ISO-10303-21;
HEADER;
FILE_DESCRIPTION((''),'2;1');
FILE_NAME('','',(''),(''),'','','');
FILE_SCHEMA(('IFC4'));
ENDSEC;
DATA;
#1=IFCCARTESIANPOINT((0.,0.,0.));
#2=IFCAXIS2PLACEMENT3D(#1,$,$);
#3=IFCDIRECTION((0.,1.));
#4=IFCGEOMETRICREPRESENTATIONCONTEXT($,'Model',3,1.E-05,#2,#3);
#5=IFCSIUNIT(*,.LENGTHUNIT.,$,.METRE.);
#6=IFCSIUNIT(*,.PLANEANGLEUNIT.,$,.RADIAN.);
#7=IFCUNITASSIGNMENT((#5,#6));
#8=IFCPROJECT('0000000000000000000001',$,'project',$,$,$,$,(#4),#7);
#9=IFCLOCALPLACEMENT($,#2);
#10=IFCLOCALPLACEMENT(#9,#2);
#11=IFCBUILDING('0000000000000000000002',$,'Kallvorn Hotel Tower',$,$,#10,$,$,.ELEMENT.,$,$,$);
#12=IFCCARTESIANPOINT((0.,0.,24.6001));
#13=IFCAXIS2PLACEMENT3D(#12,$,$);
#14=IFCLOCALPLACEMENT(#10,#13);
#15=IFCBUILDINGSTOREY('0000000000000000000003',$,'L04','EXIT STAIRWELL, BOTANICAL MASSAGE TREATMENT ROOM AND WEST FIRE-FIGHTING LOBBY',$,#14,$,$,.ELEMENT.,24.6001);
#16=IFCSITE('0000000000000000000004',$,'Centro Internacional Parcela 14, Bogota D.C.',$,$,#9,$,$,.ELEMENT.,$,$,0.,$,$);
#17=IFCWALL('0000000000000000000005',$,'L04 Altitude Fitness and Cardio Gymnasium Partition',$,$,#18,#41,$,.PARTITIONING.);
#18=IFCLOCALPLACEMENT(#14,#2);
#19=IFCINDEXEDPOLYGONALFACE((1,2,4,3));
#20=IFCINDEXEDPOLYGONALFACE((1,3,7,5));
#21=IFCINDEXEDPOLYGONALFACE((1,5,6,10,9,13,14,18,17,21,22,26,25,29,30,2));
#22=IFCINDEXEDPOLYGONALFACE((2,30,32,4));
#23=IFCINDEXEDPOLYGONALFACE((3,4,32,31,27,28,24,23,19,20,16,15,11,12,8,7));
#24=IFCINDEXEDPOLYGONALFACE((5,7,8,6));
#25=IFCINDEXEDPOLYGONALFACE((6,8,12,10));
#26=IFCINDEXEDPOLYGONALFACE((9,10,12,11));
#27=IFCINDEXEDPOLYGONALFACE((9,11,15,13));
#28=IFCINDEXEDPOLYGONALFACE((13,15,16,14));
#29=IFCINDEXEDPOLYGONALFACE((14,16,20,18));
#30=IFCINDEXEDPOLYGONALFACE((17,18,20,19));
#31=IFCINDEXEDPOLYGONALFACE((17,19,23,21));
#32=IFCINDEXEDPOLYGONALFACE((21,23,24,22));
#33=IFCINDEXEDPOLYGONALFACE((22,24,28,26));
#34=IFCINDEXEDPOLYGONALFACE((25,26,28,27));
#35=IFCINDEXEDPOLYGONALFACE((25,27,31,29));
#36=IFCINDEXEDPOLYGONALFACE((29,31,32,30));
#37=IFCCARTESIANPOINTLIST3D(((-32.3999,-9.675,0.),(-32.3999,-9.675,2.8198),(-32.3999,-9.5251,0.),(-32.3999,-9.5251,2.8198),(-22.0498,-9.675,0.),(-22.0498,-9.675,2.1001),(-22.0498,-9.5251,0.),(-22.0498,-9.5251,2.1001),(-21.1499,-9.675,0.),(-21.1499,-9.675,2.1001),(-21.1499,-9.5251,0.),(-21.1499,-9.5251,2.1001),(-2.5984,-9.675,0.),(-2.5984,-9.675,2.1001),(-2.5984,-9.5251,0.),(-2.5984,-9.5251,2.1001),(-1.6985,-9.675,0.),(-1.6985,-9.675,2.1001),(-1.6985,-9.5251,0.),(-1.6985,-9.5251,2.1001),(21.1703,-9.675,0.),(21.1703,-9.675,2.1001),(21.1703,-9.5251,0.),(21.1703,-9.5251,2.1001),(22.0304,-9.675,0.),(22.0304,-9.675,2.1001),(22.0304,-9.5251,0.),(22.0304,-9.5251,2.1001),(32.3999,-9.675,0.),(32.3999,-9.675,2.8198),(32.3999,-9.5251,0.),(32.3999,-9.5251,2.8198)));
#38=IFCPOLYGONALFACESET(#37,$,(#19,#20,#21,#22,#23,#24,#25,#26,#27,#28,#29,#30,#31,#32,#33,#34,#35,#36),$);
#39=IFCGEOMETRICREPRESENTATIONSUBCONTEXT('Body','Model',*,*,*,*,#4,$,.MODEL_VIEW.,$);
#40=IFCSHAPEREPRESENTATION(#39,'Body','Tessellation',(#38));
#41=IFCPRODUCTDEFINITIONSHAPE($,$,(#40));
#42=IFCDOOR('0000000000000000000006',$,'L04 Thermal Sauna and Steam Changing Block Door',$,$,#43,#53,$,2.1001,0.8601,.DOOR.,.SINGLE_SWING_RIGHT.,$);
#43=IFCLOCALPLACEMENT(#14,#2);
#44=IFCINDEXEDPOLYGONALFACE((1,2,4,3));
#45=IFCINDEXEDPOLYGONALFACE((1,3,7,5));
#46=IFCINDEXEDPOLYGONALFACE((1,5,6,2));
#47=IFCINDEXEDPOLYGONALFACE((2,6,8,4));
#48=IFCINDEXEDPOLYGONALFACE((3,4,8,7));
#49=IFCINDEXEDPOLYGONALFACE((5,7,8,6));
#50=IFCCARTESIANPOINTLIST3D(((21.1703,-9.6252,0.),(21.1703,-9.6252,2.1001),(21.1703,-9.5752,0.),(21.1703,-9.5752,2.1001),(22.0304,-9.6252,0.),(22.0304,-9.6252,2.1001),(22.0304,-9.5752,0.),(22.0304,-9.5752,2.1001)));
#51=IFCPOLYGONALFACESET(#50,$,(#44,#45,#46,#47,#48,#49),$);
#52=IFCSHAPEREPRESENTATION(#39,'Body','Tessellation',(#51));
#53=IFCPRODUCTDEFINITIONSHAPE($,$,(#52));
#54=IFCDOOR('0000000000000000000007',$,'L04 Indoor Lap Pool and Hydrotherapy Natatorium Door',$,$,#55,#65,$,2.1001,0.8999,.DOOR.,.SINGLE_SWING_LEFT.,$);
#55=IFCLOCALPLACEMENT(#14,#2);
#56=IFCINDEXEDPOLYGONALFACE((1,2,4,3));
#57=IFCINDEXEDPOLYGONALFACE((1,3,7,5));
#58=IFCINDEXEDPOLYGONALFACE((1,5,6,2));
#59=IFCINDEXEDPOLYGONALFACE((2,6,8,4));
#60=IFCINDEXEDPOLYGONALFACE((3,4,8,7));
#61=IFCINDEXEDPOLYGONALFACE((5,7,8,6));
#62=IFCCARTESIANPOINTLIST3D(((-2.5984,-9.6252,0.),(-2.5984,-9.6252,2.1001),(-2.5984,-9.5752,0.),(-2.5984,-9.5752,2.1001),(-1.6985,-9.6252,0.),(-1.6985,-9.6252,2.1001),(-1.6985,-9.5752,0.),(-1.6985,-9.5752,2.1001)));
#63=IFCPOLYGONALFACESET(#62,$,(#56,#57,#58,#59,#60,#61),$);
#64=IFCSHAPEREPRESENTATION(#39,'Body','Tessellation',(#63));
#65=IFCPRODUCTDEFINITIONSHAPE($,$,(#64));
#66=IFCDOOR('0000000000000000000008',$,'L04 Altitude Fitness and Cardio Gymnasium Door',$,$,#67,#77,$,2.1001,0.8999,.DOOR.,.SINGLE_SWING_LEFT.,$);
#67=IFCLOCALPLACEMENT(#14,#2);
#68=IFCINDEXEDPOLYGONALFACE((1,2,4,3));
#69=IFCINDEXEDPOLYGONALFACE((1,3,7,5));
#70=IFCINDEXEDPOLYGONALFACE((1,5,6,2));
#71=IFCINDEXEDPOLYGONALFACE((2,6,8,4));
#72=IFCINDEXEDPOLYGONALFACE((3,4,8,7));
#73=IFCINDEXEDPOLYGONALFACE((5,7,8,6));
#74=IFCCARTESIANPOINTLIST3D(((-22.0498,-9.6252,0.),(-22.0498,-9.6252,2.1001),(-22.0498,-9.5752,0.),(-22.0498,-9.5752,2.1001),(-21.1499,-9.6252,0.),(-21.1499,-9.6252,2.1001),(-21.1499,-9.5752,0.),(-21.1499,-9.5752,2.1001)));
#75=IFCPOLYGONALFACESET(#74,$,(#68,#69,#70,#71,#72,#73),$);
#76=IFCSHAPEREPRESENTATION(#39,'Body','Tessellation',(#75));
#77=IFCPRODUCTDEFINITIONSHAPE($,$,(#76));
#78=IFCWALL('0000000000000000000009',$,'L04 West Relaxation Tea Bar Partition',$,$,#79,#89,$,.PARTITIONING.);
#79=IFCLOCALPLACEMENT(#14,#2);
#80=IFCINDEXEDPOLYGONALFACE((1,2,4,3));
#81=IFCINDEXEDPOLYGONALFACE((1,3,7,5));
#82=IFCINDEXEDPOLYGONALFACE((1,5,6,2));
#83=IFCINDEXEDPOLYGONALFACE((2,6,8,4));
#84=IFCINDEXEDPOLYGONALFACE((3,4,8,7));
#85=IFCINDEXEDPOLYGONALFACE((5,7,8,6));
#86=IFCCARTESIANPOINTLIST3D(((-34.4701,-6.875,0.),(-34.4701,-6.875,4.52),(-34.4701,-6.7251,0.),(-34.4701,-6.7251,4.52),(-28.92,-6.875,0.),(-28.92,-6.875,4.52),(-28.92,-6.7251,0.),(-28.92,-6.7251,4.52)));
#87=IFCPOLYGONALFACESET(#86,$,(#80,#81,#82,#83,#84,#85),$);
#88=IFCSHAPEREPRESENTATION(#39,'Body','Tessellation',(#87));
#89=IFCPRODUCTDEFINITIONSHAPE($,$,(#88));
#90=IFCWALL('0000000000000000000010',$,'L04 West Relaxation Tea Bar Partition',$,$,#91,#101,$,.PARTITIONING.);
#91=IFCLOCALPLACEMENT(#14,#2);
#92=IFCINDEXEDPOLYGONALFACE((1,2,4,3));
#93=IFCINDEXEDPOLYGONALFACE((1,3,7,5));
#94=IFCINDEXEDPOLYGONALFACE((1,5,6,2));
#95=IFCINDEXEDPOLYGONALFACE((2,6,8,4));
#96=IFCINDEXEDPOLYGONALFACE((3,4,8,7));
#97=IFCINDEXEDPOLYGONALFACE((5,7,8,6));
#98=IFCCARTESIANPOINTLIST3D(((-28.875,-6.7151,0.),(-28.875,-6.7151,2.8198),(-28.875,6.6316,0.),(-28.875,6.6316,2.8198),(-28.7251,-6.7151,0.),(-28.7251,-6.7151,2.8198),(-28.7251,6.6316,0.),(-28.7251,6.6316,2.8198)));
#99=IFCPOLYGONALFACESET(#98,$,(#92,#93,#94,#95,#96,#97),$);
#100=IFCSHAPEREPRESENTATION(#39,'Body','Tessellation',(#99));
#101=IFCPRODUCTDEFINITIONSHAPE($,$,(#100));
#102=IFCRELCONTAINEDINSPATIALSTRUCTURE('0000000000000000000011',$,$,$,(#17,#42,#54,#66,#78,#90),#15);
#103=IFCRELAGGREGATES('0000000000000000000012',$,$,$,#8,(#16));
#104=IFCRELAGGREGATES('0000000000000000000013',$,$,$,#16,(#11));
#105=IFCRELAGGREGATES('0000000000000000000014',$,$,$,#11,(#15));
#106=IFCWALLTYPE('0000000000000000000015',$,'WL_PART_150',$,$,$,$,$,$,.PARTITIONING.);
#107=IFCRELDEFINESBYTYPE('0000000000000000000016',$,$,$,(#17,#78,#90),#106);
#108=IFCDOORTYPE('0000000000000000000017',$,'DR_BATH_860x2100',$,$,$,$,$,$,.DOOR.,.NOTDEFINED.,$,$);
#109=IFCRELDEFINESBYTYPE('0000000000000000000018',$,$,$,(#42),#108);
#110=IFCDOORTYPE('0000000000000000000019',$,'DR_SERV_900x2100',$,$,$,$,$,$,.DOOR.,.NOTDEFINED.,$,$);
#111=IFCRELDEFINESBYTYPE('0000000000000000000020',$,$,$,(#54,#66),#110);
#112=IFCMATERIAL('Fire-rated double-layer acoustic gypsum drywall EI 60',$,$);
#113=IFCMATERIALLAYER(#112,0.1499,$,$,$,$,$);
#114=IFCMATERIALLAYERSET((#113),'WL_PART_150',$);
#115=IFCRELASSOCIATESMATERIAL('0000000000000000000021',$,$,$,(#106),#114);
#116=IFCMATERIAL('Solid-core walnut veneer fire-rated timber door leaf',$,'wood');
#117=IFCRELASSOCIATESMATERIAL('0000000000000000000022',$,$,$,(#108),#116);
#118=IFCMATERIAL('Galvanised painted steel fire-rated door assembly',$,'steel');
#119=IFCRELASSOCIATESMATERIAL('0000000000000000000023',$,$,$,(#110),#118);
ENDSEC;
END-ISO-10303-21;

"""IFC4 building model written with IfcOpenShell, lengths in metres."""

from ifc_helpers import new_model, si_unit, direction, frame, frame_2d, origin, place, context, subcontext, project, spatial, rectangle, extrude, material, layer, layer_set, type_object, element, fill, save


model = new_model("IFC4")

# Units and contexts
model_context = context("Model", 3, precision=1e-05, world=origin(), true_north=direction((0.0, 1.0)))
body_context = subcontext(model_context, "Body", "Model", "MODEL_VIEW")
ifc_project = project(units=[si_unit("LENGTHUNIT", "METRE"), si_unit("PLANEANGLEUNIT", "RADIAN")], contexts=[model_context])

# Site, building, storey
site_placement = place(None, origin())
site = spatial("IfcSite", under=ifc_project, at=site_placement, Name="Centro Internacional Parcela 14, Bogota D.C.", CompositionType="ELEMENT", RefElevation=0.0)
building_placement = place(site_placement, origin())
building = spatial("IfcBuilding", under=site, at=building_placement, Name="Kallvorn Hotel Tower", CompositionType="ELEMENT")
storey_placement = place(building_placement, frame((0.0, 0.0, 24.6001)))
storey = spatial("IfcBuildingStorey", under=building, at=storey_placement, Name="L04", Description="EXIT STAIRWELL, BOTANICAL MASSAGE TREATMENT ROOM AND WEST FIRE-FIGHTING LOBBY", CompositionType="ELEMENT", Elevation=24.6001)

# Wall, openings, doors
ifc_material_1 = material(Name="Fire-rated double-layer acoustic gypsum drywall EI 60")
ifc_layer_1 = layer(ifc_material_1, 0.1499)
ifc_layer_set_1 = layer_set([ifc_layer_1], Name="WL_PART_150")
wall_type = type_object("IfcWallType", Name="WL_PART_150", PredefinedType="PARTITIONING", material=ifc_layer_set_1)
wall_1_placement = place(storey_placement, frame((-32.3999, -9.6001, 0.0), z_axis=(0.0, 0.0, 1.0), x_axis=(1.0, 0.0, 0.0)))
wall_1 = element("IfcWall", 1, at=wall_1_placement, inside=storey, type_object=wall_type, Name="L04 Altitude Fitness and Cardio Gymnasium Partition", PredefinedType="PARTITIONING", context=body_context, shape_type="SweptSolid", body=[
    extrude(rectangle(XDim=64.7998, YDim=0.1499, at=frame_2d((32.3999, 0.0))), origin(), (0.0, 0.0, 1.0), 2.8198),
])
opening_1_placement = place(wall_1_placement, frame((29.8015, 0.0, 0.0)))
opening_1 = element("IfcOpeningElement", 2, at=opening_1_placement, cuts=wall_1, PredefinedType="OPENING", context=body_context, shape_type="SweptSolid", body=[
    extrude(rectangle(XDim=0.8999, YDim=2.1001, at=frame_2d((0.45, 1.05))), frame((0.0, 0.0898, 0.0), z_axis=(0.0, -1.0, 0.0), x_axis=(1.0, 0.0, 0.0)), (0.0, 0.0, 1.0), 0.1799),
])
opening_2_placement = place(wall_1_placement, frame((10.3501, 0.0, 0.0)))
opening_2 = element("IfcOpeningElement", 3, at=opening_2_placement, cuts=wall_1, PredefinedType="OPENING", context=body_context, shape_type="SweptSolid", body=[
    extrude(rectangle(XDim=0.8999, YDim=2.1001, at=frame_2d((0.45, 1.05))), frame((0.0, 0.0898, 0.0), z_axis=(0.0, -1.0, 0.0), x_axis=(1.0, 0.0, 0.0)), (0.0, 0.0, 1.0), 0.1799),
])
opening_3_placement = place(wall_1_placement, frame((53.5701, 0.0, 0.0)))
opening_3 = element("IfcOpeningElement", 4, at=opening_3_placement, cuts=wall_1, PredefinedType="OPENING", context=body_context, shape_type="SweptSolid", body=[
    extrude(rectangle(XDim=0.8601, YDim=2.1001, at=frame_2d((0.4302, 1.05))), frame((0.0, 0.0898, 0.0), z_axis=(0.0, -1.0, 0.0), x_axis=(1.0, 0.0, 0.0)), (0.0, 0.0, 1.0), 0.1799),
])
ifc_material_2 = material(Name="Solid-core walnut veneer fire-rated timber door leaf", Category="wood")
door_type_1 = type_object("IfcDoorType", Name="DR_BATH_860x2100", OperationType="NOTDEFINED", PredefinedType="DOOR", material=ifc_material_2)
door_1_placement = place(opening_3_placement, origin())
door_1 = element("IfcDoor", 5, at=door_1_placement, inside=storey, type_object=door_type_1, Name="L04 Thermal Sauna and Steam Changing Block Door", OperationType="SINGLE_SWING_RIGHT", OverallHeight=2.1001, OverallWidth=0.8601, PredefinedType="DOOR", context=body_context, shape_type="SweptSolid", body=[
    extrude(rectangle(XDim=0.8601, YDim=2.1001, at=frame_2d((0.4302, 1.05))), frame((0.0, 0.0249, 0.0), z_axis=(0.0, -1.0, 0.0), x_axis=(1.0, 0.0, 0.0)), (0.0, 0.0, 1.0), 0.05),
])
fill(opening_3, door_1)
ifc_material_3 = material(Name="Galvanised painted steel fire-rated door assembly", Category="steel")
door_type_2 = type_object("IfcDoorType", Name="DR_SERV_900x2100", OperationType="NOTDEFINED", PredefinedType="DOOR", material=ifc_material_3)
door_2_placement = place(opening_1_placement, origin())
door_2 = element("IfcDoor", 6, at=door_2_placement, inside=storey, type_object=door_type_2, Name="L04 Indoor Lap Pool and Hydrotherapy Natatorium Door", OperationType="SINGLE_SWING_LEFT", OverallHeight=2.1001, OverallWidth=0.8999, PredefinedType="DOOR", context=body_context, shape_type="SweptSolid", body=[
    extrude(rectangle(XDim=0.8999, YDim=2.1001, at=frame_2d((0.45, 1.05))), frame((0.0, 0.0249, 0.0), z_axis=(0.0, -1.0, 0.0), x_axis=(1.0, 0.0, 0.0)), (0.0, 0.0, 1.0), 0.05),
])
fill(opening_1, door_2)
door_3_placement = place(opening_2_placement, origin())
door_3 = element("IfcDoor", 7, at=door_3_placement, inside=storey, type_object=door_type_2, Name="L04 Altitude Fitness and Cardio Gymnasium Door", OperationType="SINGLE_SWING_LEFT", OverallHeight=2.1001, OverallWidth=0.8999, PredefinedType="DOOR", context=body_context, shape_type="SweptSolid", body=[
    extrude(rectangle(XDim=0.8999, YDim=2.1001, at=frame_2d((0.45, 1.05))), frame((0.0, 0.0249, 0.0), z_axis=(0.0, -1.0, 0.0), x_axis=(1.0, 0.0, 0.0)), (0.0, 0.0, 1.0), 0.05),
])
fill(opening_2, door_3)

# Walls
wall_2_placement = place(storey_placement, frame((-34.47, -6.8, 0.0), z_axis=(0.0, 0.0, 1.0), x_axis=(1.0, 0.0, 0.0)))
element("IfcWall", 8, at=wall_2_placement, inside=storey, type_object=wall_type, Name="L04 West Relaxation Tea Bar Partition", PredefinedType="PARTITIONING", context=body_context, shape_type="SweptSolid", body=[
    extrude(rectangle(XDim=5.55, YDim=0.1499, at=frame_2d((2.7749, 0.0))), origin(), (0.0, 0.0, 1.0), 4.52),
])
wall_3_placement = place(storey_placement, frame((-28.8, -6.7151, 0.0), z_axis=(0.0, 0.0, 1.0), x_axis=(0.0, 1.0, 0.0)))
element("IfcWall", 9, at=wall_3_placement, inside=storey, type_object=wall_type, Name="L04 West Relaxation Tea Bar Partition", PredefinedType="PARTITIONING", context=body_context, shape_type="SweptSolid", body=[
    extrude(rectangle(XDim=13.3467, YDim=0.1499, at=frame_2d((6.6733, 0.0))), origin(), (0.0, 0.0, 1.0), 2.8198),
])

save(model, "model.ifc")
